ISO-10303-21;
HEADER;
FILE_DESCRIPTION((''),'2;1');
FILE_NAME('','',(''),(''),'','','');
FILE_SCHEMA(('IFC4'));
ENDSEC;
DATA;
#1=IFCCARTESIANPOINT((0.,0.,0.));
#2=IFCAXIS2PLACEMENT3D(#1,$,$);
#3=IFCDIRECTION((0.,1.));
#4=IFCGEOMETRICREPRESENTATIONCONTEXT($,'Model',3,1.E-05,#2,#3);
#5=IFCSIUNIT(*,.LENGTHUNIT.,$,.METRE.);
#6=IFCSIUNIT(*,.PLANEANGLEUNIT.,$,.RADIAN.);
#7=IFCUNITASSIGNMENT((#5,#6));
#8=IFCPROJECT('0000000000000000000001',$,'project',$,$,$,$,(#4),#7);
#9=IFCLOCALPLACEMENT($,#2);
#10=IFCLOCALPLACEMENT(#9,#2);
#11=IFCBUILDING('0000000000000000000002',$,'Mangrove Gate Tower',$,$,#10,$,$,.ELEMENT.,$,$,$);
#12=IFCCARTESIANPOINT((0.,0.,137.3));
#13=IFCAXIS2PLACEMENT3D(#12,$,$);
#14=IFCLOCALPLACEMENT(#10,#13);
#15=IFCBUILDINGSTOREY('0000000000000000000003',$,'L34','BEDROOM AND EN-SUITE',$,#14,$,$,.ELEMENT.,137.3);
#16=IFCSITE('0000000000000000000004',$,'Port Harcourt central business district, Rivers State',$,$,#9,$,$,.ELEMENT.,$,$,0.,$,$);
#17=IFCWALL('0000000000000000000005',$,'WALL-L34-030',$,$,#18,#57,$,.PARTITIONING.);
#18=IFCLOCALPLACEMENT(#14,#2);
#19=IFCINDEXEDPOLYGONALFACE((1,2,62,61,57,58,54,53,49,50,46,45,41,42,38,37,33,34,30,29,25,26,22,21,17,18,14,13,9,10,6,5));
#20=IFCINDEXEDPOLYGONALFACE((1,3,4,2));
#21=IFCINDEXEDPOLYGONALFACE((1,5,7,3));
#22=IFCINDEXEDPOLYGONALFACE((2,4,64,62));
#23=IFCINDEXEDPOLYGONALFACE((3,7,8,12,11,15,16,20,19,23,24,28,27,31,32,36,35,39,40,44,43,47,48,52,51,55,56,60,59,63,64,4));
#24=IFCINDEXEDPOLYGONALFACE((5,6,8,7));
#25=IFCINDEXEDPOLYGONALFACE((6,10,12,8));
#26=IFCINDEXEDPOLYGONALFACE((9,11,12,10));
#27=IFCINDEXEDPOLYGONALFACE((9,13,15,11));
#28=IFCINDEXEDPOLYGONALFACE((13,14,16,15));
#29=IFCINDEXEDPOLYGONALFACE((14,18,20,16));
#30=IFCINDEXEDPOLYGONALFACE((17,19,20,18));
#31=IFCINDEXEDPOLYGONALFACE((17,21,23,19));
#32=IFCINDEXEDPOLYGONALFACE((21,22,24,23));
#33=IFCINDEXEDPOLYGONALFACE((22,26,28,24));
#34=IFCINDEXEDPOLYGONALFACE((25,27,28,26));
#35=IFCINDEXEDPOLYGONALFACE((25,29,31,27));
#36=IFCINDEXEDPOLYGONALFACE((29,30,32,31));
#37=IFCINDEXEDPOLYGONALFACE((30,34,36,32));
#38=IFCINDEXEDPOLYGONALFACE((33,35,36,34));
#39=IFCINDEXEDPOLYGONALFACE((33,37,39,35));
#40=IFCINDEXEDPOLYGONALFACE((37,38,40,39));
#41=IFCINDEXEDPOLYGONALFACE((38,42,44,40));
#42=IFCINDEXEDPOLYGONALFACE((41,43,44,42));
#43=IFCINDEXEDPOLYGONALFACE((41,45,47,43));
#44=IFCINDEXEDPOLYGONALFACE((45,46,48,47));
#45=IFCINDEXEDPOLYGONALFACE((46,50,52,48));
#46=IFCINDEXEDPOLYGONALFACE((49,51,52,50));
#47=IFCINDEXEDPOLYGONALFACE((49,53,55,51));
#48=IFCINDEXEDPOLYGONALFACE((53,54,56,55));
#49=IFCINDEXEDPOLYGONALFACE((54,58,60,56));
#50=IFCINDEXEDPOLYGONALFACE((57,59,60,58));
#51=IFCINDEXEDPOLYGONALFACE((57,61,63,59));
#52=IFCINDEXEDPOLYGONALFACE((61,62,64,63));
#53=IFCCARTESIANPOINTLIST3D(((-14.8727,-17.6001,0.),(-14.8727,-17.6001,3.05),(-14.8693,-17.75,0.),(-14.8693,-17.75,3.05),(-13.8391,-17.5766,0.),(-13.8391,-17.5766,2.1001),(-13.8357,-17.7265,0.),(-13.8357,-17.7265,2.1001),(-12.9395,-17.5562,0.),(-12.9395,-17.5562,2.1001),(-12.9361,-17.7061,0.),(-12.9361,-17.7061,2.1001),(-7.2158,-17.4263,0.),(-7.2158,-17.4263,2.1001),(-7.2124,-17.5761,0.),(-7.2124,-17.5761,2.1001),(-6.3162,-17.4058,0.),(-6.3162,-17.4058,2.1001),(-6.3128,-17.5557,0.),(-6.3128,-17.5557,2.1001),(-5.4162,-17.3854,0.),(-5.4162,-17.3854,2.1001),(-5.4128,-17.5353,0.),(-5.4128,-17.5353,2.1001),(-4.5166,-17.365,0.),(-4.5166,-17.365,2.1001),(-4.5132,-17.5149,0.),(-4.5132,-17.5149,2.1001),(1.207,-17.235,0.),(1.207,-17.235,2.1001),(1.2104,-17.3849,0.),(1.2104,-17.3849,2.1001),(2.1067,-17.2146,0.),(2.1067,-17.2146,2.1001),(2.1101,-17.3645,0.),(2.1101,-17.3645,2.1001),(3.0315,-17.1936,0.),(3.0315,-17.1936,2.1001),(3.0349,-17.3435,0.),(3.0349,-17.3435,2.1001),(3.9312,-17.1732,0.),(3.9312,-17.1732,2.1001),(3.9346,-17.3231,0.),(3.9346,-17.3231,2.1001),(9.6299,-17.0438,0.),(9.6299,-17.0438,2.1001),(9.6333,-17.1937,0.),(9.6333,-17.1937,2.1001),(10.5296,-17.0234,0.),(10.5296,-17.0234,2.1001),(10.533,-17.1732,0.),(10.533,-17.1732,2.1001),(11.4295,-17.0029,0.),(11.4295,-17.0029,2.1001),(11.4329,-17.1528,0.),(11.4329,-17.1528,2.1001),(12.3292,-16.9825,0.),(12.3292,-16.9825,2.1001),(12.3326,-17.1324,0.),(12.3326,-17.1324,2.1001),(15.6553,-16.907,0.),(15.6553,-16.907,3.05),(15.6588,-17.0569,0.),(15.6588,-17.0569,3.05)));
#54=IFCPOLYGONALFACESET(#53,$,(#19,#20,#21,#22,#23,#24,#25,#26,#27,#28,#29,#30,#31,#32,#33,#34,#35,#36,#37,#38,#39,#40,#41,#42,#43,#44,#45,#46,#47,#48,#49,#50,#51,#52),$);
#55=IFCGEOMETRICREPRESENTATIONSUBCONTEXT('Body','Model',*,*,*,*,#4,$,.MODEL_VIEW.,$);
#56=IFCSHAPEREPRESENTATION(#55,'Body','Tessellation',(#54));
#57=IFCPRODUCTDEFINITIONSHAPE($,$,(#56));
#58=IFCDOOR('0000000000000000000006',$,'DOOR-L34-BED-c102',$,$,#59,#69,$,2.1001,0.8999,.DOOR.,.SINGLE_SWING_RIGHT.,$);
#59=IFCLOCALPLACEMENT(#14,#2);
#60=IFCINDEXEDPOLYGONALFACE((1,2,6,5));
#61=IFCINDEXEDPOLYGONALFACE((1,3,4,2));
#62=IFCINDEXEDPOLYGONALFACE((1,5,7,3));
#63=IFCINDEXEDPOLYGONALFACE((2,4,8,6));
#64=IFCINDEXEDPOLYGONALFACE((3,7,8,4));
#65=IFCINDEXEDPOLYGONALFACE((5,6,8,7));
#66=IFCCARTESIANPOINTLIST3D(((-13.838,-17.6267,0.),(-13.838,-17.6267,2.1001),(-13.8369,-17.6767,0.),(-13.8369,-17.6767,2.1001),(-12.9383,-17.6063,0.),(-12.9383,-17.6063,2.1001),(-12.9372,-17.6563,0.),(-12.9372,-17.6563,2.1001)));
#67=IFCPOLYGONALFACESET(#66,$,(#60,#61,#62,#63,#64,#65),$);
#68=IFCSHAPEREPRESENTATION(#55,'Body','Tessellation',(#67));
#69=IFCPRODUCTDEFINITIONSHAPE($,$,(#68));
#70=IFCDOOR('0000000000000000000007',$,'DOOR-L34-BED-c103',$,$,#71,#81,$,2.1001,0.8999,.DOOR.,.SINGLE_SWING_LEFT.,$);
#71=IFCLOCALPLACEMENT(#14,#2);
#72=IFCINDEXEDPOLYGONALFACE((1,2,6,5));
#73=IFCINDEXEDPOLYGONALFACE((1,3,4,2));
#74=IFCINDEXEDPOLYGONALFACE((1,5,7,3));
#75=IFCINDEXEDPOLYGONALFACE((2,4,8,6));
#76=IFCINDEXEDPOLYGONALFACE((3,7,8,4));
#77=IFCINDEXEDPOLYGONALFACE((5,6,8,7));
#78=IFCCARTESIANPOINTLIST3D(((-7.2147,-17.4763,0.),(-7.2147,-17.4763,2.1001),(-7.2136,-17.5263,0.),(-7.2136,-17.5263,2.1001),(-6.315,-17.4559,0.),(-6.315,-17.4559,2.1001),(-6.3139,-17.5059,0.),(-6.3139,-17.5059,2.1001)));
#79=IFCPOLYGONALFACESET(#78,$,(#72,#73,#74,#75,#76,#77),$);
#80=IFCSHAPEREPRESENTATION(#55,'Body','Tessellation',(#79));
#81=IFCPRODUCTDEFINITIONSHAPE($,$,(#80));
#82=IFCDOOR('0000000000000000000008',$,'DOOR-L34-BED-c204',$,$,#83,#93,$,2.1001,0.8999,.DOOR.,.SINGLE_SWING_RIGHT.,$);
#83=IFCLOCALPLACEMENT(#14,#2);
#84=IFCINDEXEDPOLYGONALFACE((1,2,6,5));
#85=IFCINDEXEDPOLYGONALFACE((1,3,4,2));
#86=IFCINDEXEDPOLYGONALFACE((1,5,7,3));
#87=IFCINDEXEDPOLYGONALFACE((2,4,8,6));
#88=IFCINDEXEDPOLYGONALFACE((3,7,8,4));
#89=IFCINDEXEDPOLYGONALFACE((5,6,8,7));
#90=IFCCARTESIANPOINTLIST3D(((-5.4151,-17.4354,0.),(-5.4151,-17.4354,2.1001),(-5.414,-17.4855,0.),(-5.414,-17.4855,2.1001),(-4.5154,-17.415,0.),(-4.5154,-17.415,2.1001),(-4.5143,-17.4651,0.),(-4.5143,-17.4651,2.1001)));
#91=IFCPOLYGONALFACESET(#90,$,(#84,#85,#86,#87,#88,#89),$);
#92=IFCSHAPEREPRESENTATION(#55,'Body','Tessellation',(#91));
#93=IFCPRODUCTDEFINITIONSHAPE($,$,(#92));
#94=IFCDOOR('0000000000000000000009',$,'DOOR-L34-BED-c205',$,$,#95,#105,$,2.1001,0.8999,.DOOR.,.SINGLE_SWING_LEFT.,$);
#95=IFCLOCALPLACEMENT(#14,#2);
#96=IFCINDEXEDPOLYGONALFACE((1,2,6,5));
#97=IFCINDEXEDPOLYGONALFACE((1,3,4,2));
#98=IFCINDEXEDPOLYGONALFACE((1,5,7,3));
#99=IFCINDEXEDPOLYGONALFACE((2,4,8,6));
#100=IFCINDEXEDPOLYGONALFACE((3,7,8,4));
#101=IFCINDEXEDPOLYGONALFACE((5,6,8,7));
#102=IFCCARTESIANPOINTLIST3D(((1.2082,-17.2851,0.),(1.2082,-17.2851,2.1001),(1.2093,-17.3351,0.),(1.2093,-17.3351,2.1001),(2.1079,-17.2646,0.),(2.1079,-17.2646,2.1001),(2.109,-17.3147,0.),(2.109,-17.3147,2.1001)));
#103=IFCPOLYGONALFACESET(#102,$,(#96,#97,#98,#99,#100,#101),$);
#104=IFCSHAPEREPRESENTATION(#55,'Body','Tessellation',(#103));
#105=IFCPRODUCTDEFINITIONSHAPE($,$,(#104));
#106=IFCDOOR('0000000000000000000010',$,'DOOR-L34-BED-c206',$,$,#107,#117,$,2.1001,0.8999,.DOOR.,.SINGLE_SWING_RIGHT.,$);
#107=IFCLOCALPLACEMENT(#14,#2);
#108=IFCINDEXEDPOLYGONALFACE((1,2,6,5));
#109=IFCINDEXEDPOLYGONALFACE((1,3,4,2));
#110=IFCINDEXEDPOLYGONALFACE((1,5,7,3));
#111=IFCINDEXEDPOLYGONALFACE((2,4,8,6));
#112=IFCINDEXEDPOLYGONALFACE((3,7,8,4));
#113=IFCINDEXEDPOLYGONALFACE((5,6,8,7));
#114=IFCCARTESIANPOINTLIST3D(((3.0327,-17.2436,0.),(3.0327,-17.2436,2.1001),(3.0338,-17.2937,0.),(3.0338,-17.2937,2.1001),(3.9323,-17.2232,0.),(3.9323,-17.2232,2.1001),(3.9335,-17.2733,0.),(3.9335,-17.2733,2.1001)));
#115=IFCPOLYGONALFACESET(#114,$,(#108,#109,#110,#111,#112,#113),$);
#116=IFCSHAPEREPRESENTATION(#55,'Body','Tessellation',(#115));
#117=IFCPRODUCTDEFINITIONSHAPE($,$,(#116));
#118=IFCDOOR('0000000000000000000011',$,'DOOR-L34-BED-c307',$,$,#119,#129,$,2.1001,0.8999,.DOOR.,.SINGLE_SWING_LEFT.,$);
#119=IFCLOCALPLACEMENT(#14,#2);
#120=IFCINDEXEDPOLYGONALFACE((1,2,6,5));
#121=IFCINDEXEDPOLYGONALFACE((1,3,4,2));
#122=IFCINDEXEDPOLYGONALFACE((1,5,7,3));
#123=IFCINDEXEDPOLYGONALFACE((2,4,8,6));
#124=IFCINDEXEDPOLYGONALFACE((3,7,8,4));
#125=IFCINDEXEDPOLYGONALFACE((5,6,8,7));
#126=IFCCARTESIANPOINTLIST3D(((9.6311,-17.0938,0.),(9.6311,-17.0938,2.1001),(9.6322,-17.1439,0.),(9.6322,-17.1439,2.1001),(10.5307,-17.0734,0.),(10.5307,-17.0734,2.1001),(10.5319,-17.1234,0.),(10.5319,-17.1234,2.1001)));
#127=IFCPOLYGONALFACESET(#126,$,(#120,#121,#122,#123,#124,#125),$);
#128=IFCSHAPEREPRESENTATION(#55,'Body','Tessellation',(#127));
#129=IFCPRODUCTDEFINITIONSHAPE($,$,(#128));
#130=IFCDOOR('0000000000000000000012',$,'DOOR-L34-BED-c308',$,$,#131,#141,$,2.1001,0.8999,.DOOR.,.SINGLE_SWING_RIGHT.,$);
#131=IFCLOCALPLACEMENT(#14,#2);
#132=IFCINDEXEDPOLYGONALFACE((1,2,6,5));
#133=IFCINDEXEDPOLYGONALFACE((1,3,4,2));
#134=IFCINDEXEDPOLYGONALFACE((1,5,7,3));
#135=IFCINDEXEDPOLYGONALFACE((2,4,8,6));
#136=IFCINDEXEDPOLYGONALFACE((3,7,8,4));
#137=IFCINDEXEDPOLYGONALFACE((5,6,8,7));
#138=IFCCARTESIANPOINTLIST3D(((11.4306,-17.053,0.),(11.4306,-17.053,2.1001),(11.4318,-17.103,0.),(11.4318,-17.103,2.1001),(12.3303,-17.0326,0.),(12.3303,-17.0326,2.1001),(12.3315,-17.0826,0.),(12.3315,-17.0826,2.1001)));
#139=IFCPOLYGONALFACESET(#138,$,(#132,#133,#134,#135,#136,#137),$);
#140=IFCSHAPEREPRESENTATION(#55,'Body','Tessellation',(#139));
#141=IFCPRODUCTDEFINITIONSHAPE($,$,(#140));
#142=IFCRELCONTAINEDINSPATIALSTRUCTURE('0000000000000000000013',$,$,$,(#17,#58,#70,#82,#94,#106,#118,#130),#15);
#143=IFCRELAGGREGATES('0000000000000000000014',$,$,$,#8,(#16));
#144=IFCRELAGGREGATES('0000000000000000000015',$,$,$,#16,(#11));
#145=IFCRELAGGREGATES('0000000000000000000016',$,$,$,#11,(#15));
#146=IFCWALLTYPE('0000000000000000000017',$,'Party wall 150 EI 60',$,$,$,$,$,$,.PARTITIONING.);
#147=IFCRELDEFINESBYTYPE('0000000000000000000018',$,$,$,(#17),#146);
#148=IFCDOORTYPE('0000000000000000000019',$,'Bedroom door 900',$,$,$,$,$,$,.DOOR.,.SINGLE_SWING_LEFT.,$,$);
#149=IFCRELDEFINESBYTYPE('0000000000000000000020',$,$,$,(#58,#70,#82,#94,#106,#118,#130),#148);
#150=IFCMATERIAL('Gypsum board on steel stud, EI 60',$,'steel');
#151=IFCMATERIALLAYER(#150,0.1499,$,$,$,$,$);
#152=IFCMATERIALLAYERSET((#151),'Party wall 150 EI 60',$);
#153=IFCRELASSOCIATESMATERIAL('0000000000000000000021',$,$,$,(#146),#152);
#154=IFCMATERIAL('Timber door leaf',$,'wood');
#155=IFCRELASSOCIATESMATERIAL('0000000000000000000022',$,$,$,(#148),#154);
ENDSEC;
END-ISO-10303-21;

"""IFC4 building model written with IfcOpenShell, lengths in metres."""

from ifc_helpers import new_model, si_unit, direction, frame, frame_2d, origin, place, context, subcontext, project, spatial, rectangle, extrude, material, layer, layer_set, type_object, element, fill, save


model = new_model("IFC4")

# Units and contexts
model_context = context("Model", 3, precision=1e-05, world=origin(), true_north=direction((0.0, 1.0)))
body_context = subcontext(model_context, "Body", "Model", "MODEL_VIEW")
ifc_project = project(units=[si_unit("LENGTHUNIT", "METRE"), si_unit("PLANEANGLEUNIT", "RADIAN")], contexts=[model_context])

# Site, building, storey
site_placement = place(None, origin())
site = spatial("IfcSite", under=ifc_project, at=site_placement, Name="Port Harcourt central business district, Rivers State", CompositionType="ELEMENT", RefElevation=0.0)
building_placement = place(site_placement, origin())
building = spatial("IfcBuilding", under=site, at=building_placement, Name="Mangrove Gate Tower", CompositionType="ELEMENT")
storey_placement = place(building_placement, frame((0.0, 0.0, 137.3)))
storey = spatial("IfcBuildingStorey", under=building, at=storey_placement, Name="L34", Description="BEDROOM AND EN-SUITE", CompositionType="ELEMENT", Elevation=137.3)

# Wall, openings, doors
ifc_material_1 = material(Name="Gypsum board on steel stud, EI 60", Category="steel")
ifc_layer_1 = layer(ifc_material_1, 0.1499)
ifc_layer_set_1 = layer_set([ifc_layer_1], Name="Party wall 150 EI 60")
wall_type_1 = type_object("IfcWallType", Name="Party wall 150 EI 60", PredefinedType="PARTITIONING", material=ifc_layer_set_1)
wall_1_placement = place(storey_placement, frame((-14.8711, -17.675, 0.0), z_axis=(0.0, 0.0, 1.0), x_axis=(0.999742, 0.022698, 0.0)))
wall_1 = element("IfcWall", 1, at=wall_1_placement, inside=storey, type_object=wall_type_1, Name="WALL-L34-030", PredefinedType="PARTITIONING", context=body_context, shape_type="SweptSolid", body=[
    extrude(rectangle(XDim=30.5359, YDim=0.1499, at=frame_2d((15.2681, 0.0))), origin(), (0.0, 0.0, 1.0), 3.05),
])
opening_1_placement = place(wall_1_placement, frame((1.0339, 0.0, 0.0)))
opening_1 = element("IfcOpeningElement", 2, at=opening_1_placement, cuts=wall_1, PredefinedType="OPENING", context=body_context, shape_type="SweptSolid", body=[
    extrude(rectangle(XDim=0.8999, YDim=2.1001, at=frame_2d((0.45, 1.05))), frame((0.0, 0.085, 0.0), z_axis=(0.0, -1.0, 0.0), x_axis=(1.0, 0.0, 0.0)), (0.0, 0.0, 1.0), 0.1699),
])
opening_2_placement = place(wall_1_placement, frame((7.6589, 0.0, 0.0)))
opening_2 = element("IfcOpeningElement", 3, at=opening_2_placement, cuts=wall_1, PredefinedType="OPENING", context=body_context, shape_type="SweptSolid", body=[
    extrude(rectangle(XDim=0.8999, YDim=2.1001, at=frame_2d((0.45, 1.05))), frame((0.0, 0.085, 0.0), z_axis=(0.0, -1.0, 0.0), x_axis=(1.0, 0.0, 0.0)), (0.0, 0.0, 1.0), 0.1699),
])
opening_3_placement = place(wall_1_placement, frame((9.459, 0.0, 0.0)))
opening_3 = element("IfcOpeningElement", 4, at=opening_3_placement, cuts=wall_1, PredefinedType="OPENING", context=body_context, shape_type="SweptSolid", body=[
    extrude(rectangle(XDim=0.8999, YDim=2.1001, at=frame_2d((0.45, 1.05))), frame((0.0, 0.085, 0.0), z_axis=(0.0, -1.0, 0.0), x_axis=(1.0, 0.0, 0.0)), (0.0, 0.0, 1.0), 0.1699),
])
opening_4_placement = place(wall_1_placement, frame((16.084, 0.0, 0.0)))
opening_4 = element("IfcOpeningElement", 5, at=opening_4_placement, cuts=wall_1, PredefinedType="OPENING", context=body_context, shape_type="SweptSolid", body=[
    extrude(rectangle(XDim=0.8999, YDim=2.1001, at=frame_2d((0.45, 1.05))), frame((0.0, 0.085, 0.0), z_axis=(0.0, -1.0, 0.0), x_axis=(1.0, 0.0, 0.0)), (0.0, 0.0, 1.0), 0.1699),
])
opening_5_placement = place(wall_1_placement, frame((17.9089, 0.0, 0.0)))
opening_5 = element("IfcOpeningElement", 6, at=opening_5_placement, cuts=wall_1, PredefinedType="OPENING", context=body_context, shape_type="SweptSolid", body=[
    extrude(rectangle(XDim=0.8999, YDim=2.1001, at=frame_2d((0.45, 1.05))), frame((0.0, 0.085, 0.0), z_axis=(0.0, -1.0, 0.0), x_axis=(1.0, 0.0, 0.0)), (0.0, 0.0, 1.0), 0.1699),
])
opening_6_placement = place(wall_1_placement, frame((24.509, 0.0, 0.0)))
opening_6 = element("IfcOpeningElement", 7, at=opening_6_placement, cuts=wall_1, PredefinedType="OPENING", context=body_context, shape_type="SweptSolid", body=[
    extrude(rectangle(XDim=0.8999, YDim=2.1001, at=frame_2d((0.45, 1.05))), frame((0.0, 0.085, 0.0), z_axis=(0.0, -1.0, 0.0), x_axis=(1.0, 0.0, 0.0)), (0.0, 0.0, 1.0), 0.1699),
])
opening_7_placement = place(wall_1_placement, frame((26.3091, 0.0, 0.0)))
opening_7 = element("IfcOpeningElement", 8, at=opening_7_placement, cuts=wall_1, PredefinedType="OPENING", context=body_context, shape_type="SweptSolid", body=[
    extrude(rectangle(XDim=0.8999, YDim=2.1001, at=frame_2d((0.45, 1.05))), frame((0.0, 0.085, 0.0), z_axis=(0.0, -1.0, 0.0), x_axis=(1.0, 0.0, 0.0)), (0.0, 0.0, 1.0), 0.1699),
])
ifc_material_2 = material(Name="Timber door leaf", Category="wood")
door_type_1 = type_object("IfcDoorType", Name="Bedroom door 900", OperationType="SINGLE_SWING_LEFT", PredefinedType="DOOR", material=ifc_material_2)
door_1_placement = place(opening_1_placement, origin())
door_1 = element("IfcDoor", 9, at=door_1_placement, inside=storey, type_object=door_type_1, Name="DOOR-L34-BED-c102", OperationType="SINGLE_SWING_RIGHT", OverallHeight=2.1001, OverallWidth=0.8999, PredefinedType="DOOR", context=body_context, shape_type="SweptSolid", body=[
    extrude(rectangle(XDim=0.8999, YDim=2.1001, at=frame_2d((0.45, 1.05))), frame((0.0, 0.0249, 0.0), z_axis=(0.0, -1.0, 0.0), x_axis=(1.0, 0.0, 0.0)), (0.0, 0.0, 1.0), 0.05),
])
fill(opening_1, door_1)
door_2_placement = place(opening_2_placement, origin())
door_2 = element("IfcDoor", 10, at=door_2_placement, inside=storey, type_object=door_type_1, Name="DOOR-L34-BED-c103", OperationType="SINGLE_SWING_LEFT", OverallHeight=2.1001, OverallWidth=0.8999, PredefinedType="DOOR", context=body_context, shape_type="SweptSolid", body=[
    extrude(rectangle(XDim=0.8999, YDim=2.1001, at=frame_2d((0.45, 1.05))), frame((0.0, 0.0249, 0.0), z_axis=(0.0, -1.0, 0.0), x_axis=(1.0, 0.0, 0.0)), (0.0, 0.0, 1.0), 0.05),
])
fill(opening_2, door_2)
door_3_placement = place(opening_3_placement, origin())
door_3 = element("IfcDoor", 11, at=door_3_placement, inside=storey, type_object=door_type_1, Name="DOOR-L34-BED-c204", OperationType="SINGLE_SWING_RIGHT", OverallHeight=2.1001, OverallWidth=0.8999, PredefinedType="DOOR", context=body_context, shape_type="SweptSolid", body=[
    extrude(rectangle(XDim=0.8999, YDim=2.1001, at=frame_2d((0.45, 1.05))), frame((0.0, 0.0249, 0.0), z_axis=(0.0, -1.0, 0.0), x_axis=(1.0, 0.0, 0.0)), (0.0, 0.0, 1.0), 0.05),
])
fill(opening_3, door_3)
door_4_placement = place(opening_4_placement, origin())
door_4 = element("IfcDoor", 12, at=door_4_placement, inside=storey, type_object=door_type_1, Name="DOOR-L34-BED-c205", OperationType="SINGLE_SWING_LEFT", OverallHeight=2.1001, OverallWidth=0.8999, PredefinedType="DOOR", context=body_context, shape_type="SweptSolid", body=[
    extrude(rectangle(XDim=0.8999, YDim=2.1001, at=frame_2d((0.45, 1.05))), frame((0.0, 0.0249, 0.0), z_axis=(0.0, -1.0, 0.0), x_axis=(1.0, 0.0, 0.0)), (0.0, 0.0, 1.0), 0.05),
])
fill(opening_4, door_4)
door_5_placement = place(opening_5_placement, origin())
door_5 = element("IfcDoor", 13, at=door_5_placement, inside=storey, type_object=door_type_1, Name="DOOR-L34-BED-c206", OperationType="SINGLE_SWING_RIGHT", OverallHeight=2.1001, OverallWidth=0.8999, PredefinedType="DOOR", context=body_context, shape_type="SweptSolid", body=[
    extrude(rectangle(XDim=0.8999, YDim=2.1001, at=frame_2d((0.45, 1.05))), frame((0.0, 0.0249, 0.0), z_axis=(0.0, -1.0, 0.0), x_axis=(1.0, 0.0, 0.0)), (0.0, 0.0, 1.0), 0.05),
])
fill(opening_5, door_5)
door_6_placement = place(opening_6_placement, origin())
door_6 = element("IfcDoor", 14, at=door_6_placement, inside=storey, type_object=door_type_1, Name="DOOR-L34-BED-c307", OperationType="SINGLE_SWING_LEFT", OverallHeight=2.1001, OverallWidth=0.8999, PredefinedType="DOOR", context=body_context, shape_type="SweptSolid", body=[
    extrude(rectangle(XDim=0.8999, YDim=2.1001, at=frame_2d((0.45, 1.05))), frame((0.0, 0.0249, 0.0), z_axis=(0.0, -1.0, 0.0), x_axis=(1.0, 0.0, 0.0)), (0.0, 0.0, 1.0), 0.05),
])
fill(opening_6, door_6)
door_7_placement = place(opening_7_placement, origin())
door_7 = element("IfcDoor", 15, at=door_7_placement, inside=storey, type_object=door_type_1, Name="DOOR-L34-BED-c308", OperationType="SINGLE_SWING_RIGHT", OverallHeight=2.1001, OverallWidth=0.8999, PredefinedType="DOOR", context=body_context, shape_type="SweptSolid", body=[
    extrude(rectangle(XDim=0.8999, YDim=2.1001, at=frame_2d((0.45, 1.05))), frame((0.0, 0.0249, 0.0), z_axis=(0.0, -1.0, 0.0), x_axis=(1.0, 0.0, 0.0)), (0.0, 0.0, 1.0), 0.05),
])
fill(opening_7, door_7)

save(model, "model.ifc")
